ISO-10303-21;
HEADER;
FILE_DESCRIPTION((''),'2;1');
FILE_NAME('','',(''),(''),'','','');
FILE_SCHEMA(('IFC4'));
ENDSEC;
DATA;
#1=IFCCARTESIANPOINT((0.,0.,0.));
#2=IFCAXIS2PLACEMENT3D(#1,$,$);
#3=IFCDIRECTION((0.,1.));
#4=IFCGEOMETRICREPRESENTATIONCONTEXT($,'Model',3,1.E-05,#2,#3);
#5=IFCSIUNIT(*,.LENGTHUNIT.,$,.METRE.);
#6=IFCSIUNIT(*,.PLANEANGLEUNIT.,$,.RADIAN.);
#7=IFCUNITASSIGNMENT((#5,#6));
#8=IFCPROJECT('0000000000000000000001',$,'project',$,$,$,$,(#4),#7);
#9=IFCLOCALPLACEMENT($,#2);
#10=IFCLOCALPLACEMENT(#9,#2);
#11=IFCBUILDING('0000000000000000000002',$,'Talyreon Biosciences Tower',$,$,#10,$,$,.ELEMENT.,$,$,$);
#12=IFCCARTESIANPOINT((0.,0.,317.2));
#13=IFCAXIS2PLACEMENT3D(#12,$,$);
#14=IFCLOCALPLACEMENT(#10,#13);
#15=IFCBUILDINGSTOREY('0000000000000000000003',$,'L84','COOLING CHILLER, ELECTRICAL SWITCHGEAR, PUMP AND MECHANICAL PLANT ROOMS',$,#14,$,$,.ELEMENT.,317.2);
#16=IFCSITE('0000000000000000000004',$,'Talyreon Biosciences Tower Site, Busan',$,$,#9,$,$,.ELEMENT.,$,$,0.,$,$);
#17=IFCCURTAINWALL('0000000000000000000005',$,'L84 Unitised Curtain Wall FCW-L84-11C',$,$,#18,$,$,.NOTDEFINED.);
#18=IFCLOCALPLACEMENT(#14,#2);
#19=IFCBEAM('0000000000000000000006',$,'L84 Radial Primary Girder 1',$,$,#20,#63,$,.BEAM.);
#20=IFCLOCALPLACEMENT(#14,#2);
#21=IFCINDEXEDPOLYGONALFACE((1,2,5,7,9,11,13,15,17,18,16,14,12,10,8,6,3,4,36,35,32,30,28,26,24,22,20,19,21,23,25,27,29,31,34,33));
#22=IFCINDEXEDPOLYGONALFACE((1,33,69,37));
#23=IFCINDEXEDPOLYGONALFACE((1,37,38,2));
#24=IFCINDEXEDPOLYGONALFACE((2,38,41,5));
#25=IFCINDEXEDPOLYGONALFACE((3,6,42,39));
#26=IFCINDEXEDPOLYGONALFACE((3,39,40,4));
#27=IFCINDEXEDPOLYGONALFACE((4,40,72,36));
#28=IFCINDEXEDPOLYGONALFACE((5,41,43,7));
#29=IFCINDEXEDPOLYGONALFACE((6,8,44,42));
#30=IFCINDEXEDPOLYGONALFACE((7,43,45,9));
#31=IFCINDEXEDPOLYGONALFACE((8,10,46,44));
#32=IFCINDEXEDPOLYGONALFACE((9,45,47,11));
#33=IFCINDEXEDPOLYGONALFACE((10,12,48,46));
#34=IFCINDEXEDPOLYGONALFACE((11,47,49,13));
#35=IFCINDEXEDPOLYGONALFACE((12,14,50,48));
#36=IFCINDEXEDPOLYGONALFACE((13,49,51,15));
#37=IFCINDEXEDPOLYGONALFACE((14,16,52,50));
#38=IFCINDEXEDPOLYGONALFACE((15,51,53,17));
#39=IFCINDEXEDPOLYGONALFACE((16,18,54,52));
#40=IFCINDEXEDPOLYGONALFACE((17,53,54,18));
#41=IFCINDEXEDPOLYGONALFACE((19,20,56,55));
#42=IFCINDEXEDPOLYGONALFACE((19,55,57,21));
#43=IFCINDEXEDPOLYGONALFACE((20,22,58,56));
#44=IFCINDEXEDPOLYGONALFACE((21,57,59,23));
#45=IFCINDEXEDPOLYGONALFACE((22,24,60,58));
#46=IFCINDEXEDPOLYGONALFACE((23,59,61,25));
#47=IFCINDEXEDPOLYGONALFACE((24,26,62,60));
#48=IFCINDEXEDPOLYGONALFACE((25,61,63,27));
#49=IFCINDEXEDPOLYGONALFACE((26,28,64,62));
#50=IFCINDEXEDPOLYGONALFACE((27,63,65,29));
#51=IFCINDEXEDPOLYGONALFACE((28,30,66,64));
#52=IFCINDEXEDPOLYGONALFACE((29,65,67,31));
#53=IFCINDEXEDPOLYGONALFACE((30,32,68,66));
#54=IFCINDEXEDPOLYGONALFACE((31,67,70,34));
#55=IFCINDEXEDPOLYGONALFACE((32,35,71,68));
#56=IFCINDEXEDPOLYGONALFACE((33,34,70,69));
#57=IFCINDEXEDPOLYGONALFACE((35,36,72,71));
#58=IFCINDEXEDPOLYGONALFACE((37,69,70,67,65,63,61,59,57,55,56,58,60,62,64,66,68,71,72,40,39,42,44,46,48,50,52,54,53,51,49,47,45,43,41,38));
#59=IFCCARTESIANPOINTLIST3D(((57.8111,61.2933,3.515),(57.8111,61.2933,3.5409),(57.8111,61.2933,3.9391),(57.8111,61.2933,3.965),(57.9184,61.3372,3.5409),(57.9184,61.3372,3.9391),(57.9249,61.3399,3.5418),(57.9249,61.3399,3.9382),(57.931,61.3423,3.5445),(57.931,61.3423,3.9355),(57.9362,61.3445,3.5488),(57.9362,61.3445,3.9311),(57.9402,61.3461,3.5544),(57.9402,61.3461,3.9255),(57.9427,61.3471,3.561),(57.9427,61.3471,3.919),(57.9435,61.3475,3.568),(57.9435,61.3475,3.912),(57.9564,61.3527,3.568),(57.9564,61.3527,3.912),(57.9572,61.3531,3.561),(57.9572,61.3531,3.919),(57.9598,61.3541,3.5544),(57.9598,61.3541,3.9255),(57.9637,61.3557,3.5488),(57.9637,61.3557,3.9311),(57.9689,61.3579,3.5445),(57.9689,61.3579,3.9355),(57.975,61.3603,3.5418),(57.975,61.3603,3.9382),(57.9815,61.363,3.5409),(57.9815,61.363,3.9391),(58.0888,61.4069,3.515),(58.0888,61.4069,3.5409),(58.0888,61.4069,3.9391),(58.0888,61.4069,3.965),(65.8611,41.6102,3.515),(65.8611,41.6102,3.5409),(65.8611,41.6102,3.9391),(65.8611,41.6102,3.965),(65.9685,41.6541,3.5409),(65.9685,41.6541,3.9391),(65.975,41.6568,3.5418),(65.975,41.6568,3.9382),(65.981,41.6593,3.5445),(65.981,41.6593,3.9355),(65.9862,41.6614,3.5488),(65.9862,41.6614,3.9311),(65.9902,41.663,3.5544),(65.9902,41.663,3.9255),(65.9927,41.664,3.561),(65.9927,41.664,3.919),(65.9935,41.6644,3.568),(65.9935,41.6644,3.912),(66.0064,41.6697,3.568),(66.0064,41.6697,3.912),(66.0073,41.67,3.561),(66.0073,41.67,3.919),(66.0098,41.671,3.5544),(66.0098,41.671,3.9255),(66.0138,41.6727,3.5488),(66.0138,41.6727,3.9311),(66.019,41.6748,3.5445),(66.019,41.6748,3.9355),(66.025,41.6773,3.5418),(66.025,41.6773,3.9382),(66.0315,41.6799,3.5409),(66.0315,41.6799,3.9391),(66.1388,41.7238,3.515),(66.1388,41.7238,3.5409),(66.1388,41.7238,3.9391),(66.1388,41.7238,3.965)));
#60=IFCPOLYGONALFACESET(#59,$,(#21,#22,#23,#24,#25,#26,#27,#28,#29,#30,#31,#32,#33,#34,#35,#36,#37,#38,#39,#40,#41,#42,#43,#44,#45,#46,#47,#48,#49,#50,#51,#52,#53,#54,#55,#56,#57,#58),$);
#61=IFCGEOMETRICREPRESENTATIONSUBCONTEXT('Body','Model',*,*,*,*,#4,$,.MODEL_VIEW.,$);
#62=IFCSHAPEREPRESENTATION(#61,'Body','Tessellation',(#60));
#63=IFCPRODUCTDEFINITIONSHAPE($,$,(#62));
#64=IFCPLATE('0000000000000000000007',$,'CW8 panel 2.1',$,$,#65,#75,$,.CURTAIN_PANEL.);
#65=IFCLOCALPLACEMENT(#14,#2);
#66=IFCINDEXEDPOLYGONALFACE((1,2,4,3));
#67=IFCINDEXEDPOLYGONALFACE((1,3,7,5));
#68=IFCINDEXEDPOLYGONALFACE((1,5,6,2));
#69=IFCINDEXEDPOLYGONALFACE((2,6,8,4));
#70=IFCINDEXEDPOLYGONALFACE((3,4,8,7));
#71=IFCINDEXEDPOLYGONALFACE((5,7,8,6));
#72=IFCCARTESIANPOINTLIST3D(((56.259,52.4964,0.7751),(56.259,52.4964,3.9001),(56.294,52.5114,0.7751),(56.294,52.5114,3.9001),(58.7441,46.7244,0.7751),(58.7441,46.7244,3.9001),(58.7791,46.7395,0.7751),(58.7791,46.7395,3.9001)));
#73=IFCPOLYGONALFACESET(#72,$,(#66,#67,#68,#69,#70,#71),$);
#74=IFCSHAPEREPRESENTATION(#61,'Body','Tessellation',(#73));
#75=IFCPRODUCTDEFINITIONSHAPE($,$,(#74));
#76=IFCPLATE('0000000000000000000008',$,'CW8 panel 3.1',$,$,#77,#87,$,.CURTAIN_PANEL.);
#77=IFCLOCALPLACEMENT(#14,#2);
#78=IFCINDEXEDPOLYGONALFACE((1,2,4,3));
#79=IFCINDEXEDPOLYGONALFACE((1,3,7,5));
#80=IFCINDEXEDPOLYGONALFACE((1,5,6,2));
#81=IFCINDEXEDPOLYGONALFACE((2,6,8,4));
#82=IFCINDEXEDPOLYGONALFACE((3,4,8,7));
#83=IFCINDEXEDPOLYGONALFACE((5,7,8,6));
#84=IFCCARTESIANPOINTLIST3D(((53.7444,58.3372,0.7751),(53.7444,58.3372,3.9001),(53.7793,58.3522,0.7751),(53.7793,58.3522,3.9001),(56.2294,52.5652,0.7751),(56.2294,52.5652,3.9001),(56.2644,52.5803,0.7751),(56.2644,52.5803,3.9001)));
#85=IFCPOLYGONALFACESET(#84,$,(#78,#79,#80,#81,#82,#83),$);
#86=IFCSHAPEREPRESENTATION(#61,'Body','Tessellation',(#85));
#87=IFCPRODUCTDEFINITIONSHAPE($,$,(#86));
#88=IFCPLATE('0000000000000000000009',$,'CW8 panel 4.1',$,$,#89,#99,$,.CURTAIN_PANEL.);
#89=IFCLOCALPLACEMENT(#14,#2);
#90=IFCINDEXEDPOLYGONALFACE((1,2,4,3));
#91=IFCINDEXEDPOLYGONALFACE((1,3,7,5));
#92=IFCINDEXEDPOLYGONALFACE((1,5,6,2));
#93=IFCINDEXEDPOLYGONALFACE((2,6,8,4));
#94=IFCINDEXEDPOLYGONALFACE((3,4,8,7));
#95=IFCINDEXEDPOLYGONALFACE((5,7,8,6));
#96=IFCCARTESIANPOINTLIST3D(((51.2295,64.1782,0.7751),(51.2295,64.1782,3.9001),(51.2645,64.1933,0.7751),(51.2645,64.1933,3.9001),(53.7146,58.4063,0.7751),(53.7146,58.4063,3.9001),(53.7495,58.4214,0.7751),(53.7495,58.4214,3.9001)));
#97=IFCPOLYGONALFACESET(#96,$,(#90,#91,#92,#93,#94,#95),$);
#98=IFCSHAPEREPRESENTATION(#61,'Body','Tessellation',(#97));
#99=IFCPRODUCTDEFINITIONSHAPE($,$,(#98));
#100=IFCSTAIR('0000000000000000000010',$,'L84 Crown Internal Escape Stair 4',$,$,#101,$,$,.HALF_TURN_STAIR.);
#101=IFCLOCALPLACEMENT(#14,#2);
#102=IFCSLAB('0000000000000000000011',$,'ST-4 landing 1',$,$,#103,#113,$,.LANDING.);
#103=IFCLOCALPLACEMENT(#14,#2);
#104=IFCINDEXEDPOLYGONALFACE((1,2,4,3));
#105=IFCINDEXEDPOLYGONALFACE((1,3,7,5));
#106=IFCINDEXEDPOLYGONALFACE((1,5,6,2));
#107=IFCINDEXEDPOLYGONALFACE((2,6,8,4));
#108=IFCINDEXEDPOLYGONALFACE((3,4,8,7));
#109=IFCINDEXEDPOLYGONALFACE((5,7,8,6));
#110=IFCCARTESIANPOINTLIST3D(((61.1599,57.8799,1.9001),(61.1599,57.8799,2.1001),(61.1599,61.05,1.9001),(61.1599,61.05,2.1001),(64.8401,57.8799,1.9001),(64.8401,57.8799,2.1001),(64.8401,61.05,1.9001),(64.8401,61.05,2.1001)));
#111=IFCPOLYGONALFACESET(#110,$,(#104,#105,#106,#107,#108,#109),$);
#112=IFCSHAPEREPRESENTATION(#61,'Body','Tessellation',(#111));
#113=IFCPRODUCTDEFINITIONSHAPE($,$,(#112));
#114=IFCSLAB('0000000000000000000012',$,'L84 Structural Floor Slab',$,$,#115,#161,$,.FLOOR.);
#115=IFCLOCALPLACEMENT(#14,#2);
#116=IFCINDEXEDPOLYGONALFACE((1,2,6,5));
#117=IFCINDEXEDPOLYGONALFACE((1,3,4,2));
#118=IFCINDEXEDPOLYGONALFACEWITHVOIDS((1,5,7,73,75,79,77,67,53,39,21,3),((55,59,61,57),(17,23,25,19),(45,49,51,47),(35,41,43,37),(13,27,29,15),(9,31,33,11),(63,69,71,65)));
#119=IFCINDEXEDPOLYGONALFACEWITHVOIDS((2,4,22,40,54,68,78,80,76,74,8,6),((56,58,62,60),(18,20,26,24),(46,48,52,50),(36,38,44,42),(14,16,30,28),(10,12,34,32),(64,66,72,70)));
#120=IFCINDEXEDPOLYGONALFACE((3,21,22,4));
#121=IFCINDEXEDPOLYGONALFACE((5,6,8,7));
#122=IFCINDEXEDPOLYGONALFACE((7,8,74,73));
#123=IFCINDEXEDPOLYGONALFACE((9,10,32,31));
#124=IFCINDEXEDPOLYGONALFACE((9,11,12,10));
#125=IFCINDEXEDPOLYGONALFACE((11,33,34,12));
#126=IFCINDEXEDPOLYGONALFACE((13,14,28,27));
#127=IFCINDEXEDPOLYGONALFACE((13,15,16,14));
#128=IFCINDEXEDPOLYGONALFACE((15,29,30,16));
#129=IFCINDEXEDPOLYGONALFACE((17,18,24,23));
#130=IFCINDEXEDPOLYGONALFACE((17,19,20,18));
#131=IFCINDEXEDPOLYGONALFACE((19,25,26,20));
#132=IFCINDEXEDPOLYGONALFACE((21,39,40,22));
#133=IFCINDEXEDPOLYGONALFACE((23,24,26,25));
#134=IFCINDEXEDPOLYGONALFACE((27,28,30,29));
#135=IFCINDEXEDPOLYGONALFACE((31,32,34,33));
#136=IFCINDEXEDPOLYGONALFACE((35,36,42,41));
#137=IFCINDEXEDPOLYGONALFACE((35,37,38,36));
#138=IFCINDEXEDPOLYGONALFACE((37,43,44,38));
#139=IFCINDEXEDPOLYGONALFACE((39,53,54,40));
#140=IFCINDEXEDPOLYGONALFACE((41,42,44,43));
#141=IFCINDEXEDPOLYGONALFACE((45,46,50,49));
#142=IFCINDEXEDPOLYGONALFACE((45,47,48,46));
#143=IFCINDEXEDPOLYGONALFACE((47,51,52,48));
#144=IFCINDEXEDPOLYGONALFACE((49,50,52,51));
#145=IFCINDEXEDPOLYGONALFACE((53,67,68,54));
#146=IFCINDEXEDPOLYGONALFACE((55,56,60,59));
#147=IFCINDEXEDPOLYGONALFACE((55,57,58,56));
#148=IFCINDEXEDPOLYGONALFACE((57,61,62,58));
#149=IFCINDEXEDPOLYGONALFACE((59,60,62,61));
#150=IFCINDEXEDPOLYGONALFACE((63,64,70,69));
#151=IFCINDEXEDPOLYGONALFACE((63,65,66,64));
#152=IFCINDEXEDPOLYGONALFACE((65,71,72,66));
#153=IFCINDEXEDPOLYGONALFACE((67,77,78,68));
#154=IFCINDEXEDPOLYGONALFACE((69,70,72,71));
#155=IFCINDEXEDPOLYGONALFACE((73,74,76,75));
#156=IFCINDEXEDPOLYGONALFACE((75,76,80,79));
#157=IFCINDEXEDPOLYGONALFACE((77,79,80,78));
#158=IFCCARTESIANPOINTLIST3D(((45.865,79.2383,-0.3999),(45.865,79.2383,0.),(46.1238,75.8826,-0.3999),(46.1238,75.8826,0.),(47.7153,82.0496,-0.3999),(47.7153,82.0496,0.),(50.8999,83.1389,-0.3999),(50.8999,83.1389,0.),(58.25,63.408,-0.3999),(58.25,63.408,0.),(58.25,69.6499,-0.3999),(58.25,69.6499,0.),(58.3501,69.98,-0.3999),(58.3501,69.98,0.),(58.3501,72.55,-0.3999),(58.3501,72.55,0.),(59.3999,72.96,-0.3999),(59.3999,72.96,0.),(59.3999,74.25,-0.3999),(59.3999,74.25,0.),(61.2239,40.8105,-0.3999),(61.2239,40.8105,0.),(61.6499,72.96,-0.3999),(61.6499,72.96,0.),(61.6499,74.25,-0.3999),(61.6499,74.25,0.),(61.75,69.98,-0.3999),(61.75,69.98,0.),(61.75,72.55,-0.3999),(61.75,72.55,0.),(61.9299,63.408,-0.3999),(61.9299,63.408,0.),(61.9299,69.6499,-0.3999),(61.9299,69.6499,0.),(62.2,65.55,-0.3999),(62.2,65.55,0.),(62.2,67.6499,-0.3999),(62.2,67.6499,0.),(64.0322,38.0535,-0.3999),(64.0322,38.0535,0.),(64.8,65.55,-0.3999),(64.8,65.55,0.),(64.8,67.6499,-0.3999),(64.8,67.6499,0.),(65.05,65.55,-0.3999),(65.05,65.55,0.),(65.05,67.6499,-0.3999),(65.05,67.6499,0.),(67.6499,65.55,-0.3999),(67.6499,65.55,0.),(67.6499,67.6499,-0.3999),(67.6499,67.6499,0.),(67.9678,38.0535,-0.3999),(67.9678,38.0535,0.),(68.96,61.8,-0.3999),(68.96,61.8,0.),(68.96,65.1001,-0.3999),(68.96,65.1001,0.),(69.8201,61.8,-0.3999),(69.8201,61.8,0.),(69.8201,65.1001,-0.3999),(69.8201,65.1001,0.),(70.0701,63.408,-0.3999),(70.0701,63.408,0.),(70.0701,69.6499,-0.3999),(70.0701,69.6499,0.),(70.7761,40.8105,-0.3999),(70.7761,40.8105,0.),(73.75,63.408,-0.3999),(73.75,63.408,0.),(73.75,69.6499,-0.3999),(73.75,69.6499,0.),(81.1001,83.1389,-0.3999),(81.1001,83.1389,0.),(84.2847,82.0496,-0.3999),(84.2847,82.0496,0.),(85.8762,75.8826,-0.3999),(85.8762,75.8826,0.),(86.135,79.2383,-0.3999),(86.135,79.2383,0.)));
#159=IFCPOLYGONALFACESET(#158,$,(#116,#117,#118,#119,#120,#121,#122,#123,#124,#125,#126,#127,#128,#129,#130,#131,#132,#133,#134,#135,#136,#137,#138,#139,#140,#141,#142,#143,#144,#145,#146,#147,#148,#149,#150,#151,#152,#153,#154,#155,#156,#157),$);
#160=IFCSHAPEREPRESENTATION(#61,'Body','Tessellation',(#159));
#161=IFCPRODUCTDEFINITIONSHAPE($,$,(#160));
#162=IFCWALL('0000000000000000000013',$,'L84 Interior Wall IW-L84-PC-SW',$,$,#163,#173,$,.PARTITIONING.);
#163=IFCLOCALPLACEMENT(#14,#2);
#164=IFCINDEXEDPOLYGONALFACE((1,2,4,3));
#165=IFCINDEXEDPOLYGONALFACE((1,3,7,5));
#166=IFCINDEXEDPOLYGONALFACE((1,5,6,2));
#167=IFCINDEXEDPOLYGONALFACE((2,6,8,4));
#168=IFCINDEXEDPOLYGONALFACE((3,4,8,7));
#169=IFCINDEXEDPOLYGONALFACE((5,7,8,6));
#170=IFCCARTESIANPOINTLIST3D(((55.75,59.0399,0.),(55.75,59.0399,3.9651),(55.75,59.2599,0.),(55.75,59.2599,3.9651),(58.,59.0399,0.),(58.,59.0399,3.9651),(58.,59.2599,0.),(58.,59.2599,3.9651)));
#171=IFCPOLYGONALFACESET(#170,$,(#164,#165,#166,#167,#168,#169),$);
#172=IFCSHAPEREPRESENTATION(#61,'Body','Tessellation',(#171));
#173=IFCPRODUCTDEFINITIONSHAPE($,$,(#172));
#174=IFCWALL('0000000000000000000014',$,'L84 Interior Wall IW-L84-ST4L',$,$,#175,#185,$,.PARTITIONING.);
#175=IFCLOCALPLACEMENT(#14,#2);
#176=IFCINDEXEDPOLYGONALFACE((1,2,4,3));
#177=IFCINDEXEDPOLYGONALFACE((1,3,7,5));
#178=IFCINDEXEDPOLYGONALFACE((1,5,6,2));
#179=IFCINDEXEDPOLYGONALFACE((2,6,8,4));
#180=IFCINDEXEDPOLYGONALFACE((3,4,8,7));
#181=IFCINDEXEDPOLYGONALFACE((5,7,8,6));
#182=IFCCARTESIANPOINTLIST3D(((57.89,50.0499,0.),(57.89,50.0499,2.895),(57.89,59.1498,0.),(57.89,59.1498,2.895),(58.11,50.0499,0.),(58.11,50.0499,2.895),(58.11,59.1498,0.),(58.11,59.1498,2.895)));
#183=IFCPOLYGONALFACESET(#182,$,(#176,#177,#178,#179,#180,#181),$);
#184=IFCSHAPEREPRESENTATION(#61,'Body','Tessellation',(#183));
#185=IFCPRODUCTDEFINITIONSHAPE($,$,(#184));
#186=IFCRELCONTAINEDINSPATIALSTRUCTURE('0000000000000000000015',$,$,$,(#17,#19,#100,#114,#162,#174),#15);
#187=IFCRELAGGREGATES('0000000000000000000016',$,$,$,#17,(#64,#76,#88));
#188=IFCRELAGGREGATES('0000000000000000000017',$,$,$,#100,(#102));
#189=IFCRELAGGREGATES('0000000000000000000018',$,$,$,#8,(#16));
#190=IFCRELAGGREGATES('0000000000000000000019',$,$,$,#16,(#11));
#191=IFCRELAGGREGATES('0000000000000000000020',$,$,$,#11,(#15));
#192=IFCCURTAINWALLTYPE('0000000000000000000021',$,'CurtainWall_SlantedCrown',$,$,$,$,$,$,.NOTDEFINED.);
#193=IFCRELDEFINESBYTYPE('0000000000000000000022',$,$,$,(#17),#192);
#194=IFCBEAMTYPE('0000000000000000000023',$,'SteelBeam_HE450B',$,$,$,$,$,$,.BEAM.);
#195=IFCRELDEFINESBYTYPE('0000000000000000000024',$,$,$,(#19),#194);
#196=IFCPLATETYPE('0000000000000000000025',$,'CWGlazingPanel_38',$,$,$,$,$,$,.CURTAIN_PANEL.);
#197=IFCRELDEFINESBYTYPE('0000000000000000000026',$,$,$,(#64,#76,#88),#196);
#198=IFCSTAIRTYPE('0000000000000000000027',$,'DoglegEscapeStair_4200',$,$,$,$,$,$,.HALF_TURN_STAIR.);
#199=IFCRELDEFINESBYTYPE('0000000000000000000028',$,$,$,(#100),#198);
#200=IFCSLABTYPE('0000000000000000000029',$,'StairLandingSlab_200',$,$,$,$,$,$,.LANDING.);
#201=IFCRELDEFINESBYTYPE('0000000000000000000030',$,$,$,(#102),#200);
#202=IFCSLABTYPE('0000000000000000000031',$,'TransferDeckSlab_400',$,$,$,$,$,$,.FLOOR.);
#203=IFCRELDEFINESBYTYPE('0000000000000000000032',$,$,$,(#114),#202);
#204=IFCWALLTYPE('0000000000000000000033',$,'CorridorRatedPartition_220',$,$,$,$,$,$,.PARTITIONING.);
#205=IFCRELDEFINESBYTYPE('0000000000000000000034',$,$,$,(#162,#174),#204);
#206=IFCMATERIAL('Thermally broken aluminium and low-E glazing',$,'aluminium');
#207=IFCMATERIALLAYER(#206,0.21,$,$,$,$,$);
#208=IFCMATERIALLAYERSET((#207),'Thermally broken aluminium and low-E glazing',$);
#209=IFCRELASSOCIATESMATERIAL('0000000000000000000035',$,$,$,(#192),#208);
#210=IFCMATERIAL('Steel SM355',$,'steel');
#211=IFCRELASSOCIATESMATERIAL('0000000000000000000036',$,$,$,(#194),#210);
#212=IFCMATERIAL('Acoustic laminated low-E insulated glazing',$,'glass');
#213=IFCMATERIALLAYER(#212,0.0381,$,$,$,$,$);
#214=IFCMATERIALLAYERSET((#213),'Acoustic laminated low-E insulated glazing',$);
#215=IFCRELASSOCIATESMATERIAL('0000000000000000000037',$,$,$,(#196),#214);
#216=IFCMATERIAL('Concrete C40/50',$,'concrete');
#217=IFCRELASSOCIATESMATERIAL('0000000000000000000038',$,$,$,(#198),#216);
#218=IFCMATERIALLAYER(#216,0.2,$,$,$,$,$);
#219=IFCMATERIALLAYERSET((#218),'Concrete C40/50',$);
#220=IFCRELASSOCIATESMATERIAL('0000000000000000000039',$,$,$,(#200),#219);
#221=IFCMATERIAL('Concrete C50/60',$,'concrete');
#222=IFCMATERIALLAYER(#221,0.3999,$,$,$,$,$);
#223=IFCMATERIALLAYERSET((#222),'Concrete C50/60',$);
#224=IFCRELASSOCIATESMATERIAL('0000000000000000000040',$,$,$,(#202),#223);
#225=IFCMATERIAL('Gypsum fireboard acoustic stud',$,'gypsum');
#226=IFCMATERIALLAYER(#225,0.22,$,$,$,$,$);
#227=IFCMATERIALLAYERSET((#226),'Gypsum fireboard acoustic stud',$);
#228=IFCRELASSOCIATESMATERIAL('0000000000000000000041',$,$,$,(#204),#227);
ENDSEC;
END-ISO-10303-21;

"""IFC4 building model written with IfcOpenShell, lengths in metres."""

from ifc_helpers import new_model, si_unit, direction, frame, frame_2d, origin, origin_2d, place, context, subcontext, project, spatial, polyline, rectangle, i_section, outline, extrude, material, layer, layer_set, material_profile, profile_set, type_object, element, aggregate, save


model = new_model("IFC4")

# Units and contexts
model_context = context("Model", 3, precision=1e-05, world=origin(), true_north=direction((0.0, 1.0)))
body_context = subcontext(model_context, "Body", "Model", "MODEL_VIEW")
ifc_project = project(units=[si_unit("LENGTHUNIT", "METRE"), si_unit("PLANEANGLEUNIT", "RADIAN")], contexts=[model_context])

# Site, building, storey
site_placement = place(None, origin())
site = spatial("IfcSite", under=ifc_project, at=site_placement, Name="Talyreon Biosciences Tower Site, Busan", CompositionType="ELEMENT", RefElevation=0.0)
building_placement = place(site_placement, origin())
building = spatial("IfcBuilding", under=site, at=building_placement, Name="Talyreon Biosciences Tower", CompositionType="ELEMENT")
storey_placement = place(building_placement, frame((0.0, 0.0, 317.2)))
storey = spatial("IfcBuildingStorey", under=building, at=storey_placement, Name="L84", Description="COOLING CHILLER, ELECTRICAL SWITCHGEAR, PUMP AND MECHANICAL PLANT ROOMS", CompositionType="ELEMENT", Elevation=317.2)

# Shared definitions
ifc_material_1 = material(Name="Concrete C50/60", Category="concrete")

# Curtain wall
ifc_material_2 = material(Name="Thermally broken aluminium and low-E glazing", Category="aluminium")
ifc_layer_1 = layer(ifc_material_2, 0.21)
ifc_layer_set_1 = layer_set([ifc_layer_1], Name="Thermally broken aluminium and low-E glazing")
curtain_wall_type = type_object("IfcCurtainWallType", Name="CurtainWall_SlantedCrown", PredefinedType="NOTDEFINED", material=ifc_layer_set_1)
curtain_wall_placement = place(storey_placement, origin())
curtain_wall = element("IfcCurtainWall", 1, at=curtain_wall_placement, inside=storey, type_object=curtain_wall_type, Name="L84 Unitised Curtain Wall FCW-L84-11C", PredefinedType="NOTDEFINED")

# Beam
ifc_material_3 = material(Name="Steel SM355", Category="steel")
ifc_material_profile_1 = material_profile(ifc_material_3, i_section(OverallWidth=0.3, OverallDepth=0.45, WebThickness=0.0139, FlangeThickness=0.0259, FilletRadius=0.0271, at=origin_2d()), Name="HE450B")
ifc_profile_set_1 = profile_set([ifc_material_profile_1], Name="Steel SM355")
beam_type = type_object("IfcBeamType", Name="SteelBeam_HE450B", PredefinedType="BEAM", material=ifc_profile_set_1)
beam_1_placement = place(storey_placement, frame((57.95, 61.3501, 3.74), z_axis=(0.378547, -0.925582, 0.0), x_axis=(0.925582, 0.378547, 0.0)))
element("IfcBeam", 2, at=beam_1_placement, inside=storey, type_object=beam_type, Name="L84 Radial Primary Girder 1", PredefinedType="BEAM", context=body_context, shape_type="SweptSolid", body=[
    extrude(i_section(OverallWidth=0.3, OverallDepth=0.45, WebThickness=0.0139, FlangeThickness=0.0259, FilletRadius=0.0271, at=origin_2d()), origin(), (0.0, 0.0, 1.0), 21.2656),
])

# Plates
ifc_material_4 = material(Name="Acoustic laminated low-E insulated glazing", Category="glass")
ifc_layer_2 = layer(ifc_material_4, 0.0381)
ifc_layer_set_2 = layer_set([ifc_layer_2], Name="Acoustic laminated low-E insulated glazing")
plate_type = type_object("IfcPlateType", Name="CWGlazingPanel_38", PredefinedType="CURTAIN_PANEL", material=ifc_layer_set_2)
plate_1_placement = place(storey_placement, frame((57.519, 49.6179, 0.7751), z_axis=(0.0, 0.0, 1.0), x_axis=(-0.395451, 0.918487, 0.0)))
plate_1 = element("IfcPlate", 3, at=plate_1_placement, type_object=plate_type, Name="CW8 panel 2.1", PredefinedType="CURTAIN_PANEL", context=body_context, shape_type="SweptSolid", body=[
    extrude(rectangle(XDim=6.2842, YDim=0.0381, at=origin_2d()), origin(), (0.0, 0.0, 1.0), 3.125),
])
plate_2_placement = place(storey_placement, frame((55.0044, 55.4587, 0.7751), z_axis=(0.0, 0.0, 1.0), x_axis=(-0.395451, 0.918487, 0.0)))
plate_2 = element("IfcPlate", 4, at=plate_2_placement, type_object=plate_type, Name="CW8 panel 3.1", PredefinedType="CURTAIN_PANEL", context=body_context, shape_type="SweptSolid", body=[
    extrude(rectangle(XDim=6.2842, YDim=0.0381, at=origin_2d()), origin(), (0.0, 0.0, 1.0), 3.125),
])
plate_3_placement = place(storey_placement, frame((52.4895, 61.2998, 0.7751), z_axis=(0.0, 0.0, 1.0), x_axis=(-0.395451, 0.918487, 0.0)))
plate_3 = element("IfcPlate", 5, at=plate_3_placement, type_object=plate_type, Name="CW8 panel 4.1", PredefinedType="CURTAIN_PANEL", context=body_context, shape_type="SweptSolid", body=[
    extrude(rectangle(XDim=6.2842, YDim=0.0381, at=origin_2d()), origin(), (0.0, 0.0, 1.0), 3.125),
])
aggregate(curtain_wall, [plate_1, plate_2, plate_3])

# Stair, slab
ifc_material_5 = material(Name="Concrete C40/50", Category="concrete")
stair_type = type_object("IfcStairType", Name="DoglegEscapeStair_4200", PredefinedType="HALF_TURN_STAIR", material=ifc_material_5)
stair_placement = place(storey_placement, origin())
stair = element("IfcStair", 6, at=stair_placement, inside=storey, type_object=stair_type, Name="L84 Crown Internal Escape Stair 4", PredefinedType="HALF_TURN_STAIR")
ifc_layer_3 = layer(ifc_material_5, 0.2)
ifc_layer_set_3 = layer_set([ifc_layer_3], Name="Concrete C40/50")
slab_type_1 = type_object("IfcSlabType", Name="StairLandingSlab_200", PredefinedType="LANDING", material=ifc_layer_set_3)
slab_1_placement = place(storey_placement, frame((0.0, 0.0, 1.9001)))
slab_1 = element("IfcSlab", 7, at=slab_1_placement, type_object=slab_type_1, Name="ST-4 landing 1", PredefinedType="LANDING", context=body_context, shape_type="SweptSolid", body=[
    extrude(outline(polyline([(64.8401, 57.8799), (64.8401, 61.05), (61.1599, 61.05), (61.1599, 57.8799), (64.8401, 57.8799)])), origin(), (0.0, 0.0, 1.0), 0.2),
])
aggregate(stair, [slab_1])

# Slab
ifc_layer_4 = layer(ifc_material_1, 0.3999)
ifc_layer_set_4 = layer_set([ifc_layer_4], Name="Concrete C50/60")
slab_type_2 = type_object("IfcSlabType", Name="TransferDeckSlab_400", PredefinedType="FLOOR", material=ifc_layer_set_4)
slab_2_placement = place(storey_placement, frame((0.0, 0.0, -0.3999)))
element("IfcSlab", 8, at=slab_2_placement, inside=storey, type_object=slab_type_2, Name="L84 Structural Floor Slab", PredefinedType="FLOOR", context=body_context, shape_type="SweptSolid", body=[
    extrude(outline(polyline([(46.1238, 75.8826), (45.865, 79.2383), (47.7153, 82.0496), (50.8999, 83.1389), (81.1001, 83.1389), (84.2847, 82.0496), (86.135, 79.2383), (85.8762, 75.8826), (70.7761, 40.8105), (67.9678, 38.0535), (64.0322, 38.0535), (61.2239, 40.8105), (46.1238, 75.8826)]), holes=[polyline([(68.96, 65.1001), (69.8201, 65.1001), (69.8201, 61.8), (68.96, 61.8), (68.96, 65.1001)]), polyline([(61.9299, 69.6499), (61.9299, 63.408), (58.25, 63.408), (58.25, 69.6499), (61.9299, 69.6499)]), polyline([(73.75, 69.6499), (73.75, 63.408), (70.0701, 63.408), (70.0701, 69.6499), (73.75, 69.6499)]), polyline([(64.8, 67.6499), (64.8, 65.55), (62.2, 65.55), (62.2, 67.6499), (64.8, 67.6499)]), polyline([(67.6499, 67.6499), (67.6499, 65.55), (65.05, 65.55), (65.05, 67.6499), (67.6499, 67.6499)]), polyline([(61.75, 72.55), (61.75, 69.98), (58.3501, 69.98), (58.3501, 72.55), (61.75, 72.55)]), polyline([(61.6499, 74.25), (61.6499, 72.96), (59.3999, 72.96), (59.3999, 74.25), (61.6499, 74.25)])]), origin(), (0.0, 0.0, 1.0), 0.3999),
])

# Walls
ifc_material_6 = material(Name="Gypsum fireboard acoustic stud", Category="gypsum")
ifc_layer_5 = layer(ifc_material_6, 0.22)
ifc_layer_set_5 = layer_set([ifc_layer_5], Name="Gypsum fireboard acoustic stud")
wall_type_1 = type_object("IfcWallType", Name="CorridorRatedPartition_220", PredefinedType="PARTITIONING", material=ifc_layer_set_5)
wall_1_placement = place(storey_placement, frame((55.75, 59.1499, 0.0), z_axis=(0.0, 0.0, 1.0), x_axis=(1.0, 0.0, 0.0)))
element("IfcWall", 9, at=wall_1_placement, inside=storey, type_object=wall_type_1, Name="L84 Interior Wall IW-L84-PC-SW", PredefinedType="PARTITIONING", context=body_context, shape_type="SweptSolid", body=[
    extrude(rectangle(XDim=2.25, YDim=0.22, at=frame_2d((1.125, 0.0))), origin(), (0.0, 0.0, 1.0), 3.9651),
])
wall_2_placement = place(storey_placement, frame((58.0, 50.05, 0.0), z_axis=(0.0, 0.0, 1.0), x_axis=(0.0, 1.0, 0.0)))
element("IfcWall", 10, at=wall_2_placement, inside=storey, type_object=wall_type_1, Name="L84 Interior Wall IW-L84-ST4L", PredefinedType="PARTITIONING", context=body_context, shape_type="SweptSolid", body=[
    extrude(rectangle(XDim=9.0999, YDim=0.22, at=frame_2d((4.5498, 0.0))), origin(), (0.0, 0.0, 1.0), 2.895),
])

save(model, "model.ifc")
